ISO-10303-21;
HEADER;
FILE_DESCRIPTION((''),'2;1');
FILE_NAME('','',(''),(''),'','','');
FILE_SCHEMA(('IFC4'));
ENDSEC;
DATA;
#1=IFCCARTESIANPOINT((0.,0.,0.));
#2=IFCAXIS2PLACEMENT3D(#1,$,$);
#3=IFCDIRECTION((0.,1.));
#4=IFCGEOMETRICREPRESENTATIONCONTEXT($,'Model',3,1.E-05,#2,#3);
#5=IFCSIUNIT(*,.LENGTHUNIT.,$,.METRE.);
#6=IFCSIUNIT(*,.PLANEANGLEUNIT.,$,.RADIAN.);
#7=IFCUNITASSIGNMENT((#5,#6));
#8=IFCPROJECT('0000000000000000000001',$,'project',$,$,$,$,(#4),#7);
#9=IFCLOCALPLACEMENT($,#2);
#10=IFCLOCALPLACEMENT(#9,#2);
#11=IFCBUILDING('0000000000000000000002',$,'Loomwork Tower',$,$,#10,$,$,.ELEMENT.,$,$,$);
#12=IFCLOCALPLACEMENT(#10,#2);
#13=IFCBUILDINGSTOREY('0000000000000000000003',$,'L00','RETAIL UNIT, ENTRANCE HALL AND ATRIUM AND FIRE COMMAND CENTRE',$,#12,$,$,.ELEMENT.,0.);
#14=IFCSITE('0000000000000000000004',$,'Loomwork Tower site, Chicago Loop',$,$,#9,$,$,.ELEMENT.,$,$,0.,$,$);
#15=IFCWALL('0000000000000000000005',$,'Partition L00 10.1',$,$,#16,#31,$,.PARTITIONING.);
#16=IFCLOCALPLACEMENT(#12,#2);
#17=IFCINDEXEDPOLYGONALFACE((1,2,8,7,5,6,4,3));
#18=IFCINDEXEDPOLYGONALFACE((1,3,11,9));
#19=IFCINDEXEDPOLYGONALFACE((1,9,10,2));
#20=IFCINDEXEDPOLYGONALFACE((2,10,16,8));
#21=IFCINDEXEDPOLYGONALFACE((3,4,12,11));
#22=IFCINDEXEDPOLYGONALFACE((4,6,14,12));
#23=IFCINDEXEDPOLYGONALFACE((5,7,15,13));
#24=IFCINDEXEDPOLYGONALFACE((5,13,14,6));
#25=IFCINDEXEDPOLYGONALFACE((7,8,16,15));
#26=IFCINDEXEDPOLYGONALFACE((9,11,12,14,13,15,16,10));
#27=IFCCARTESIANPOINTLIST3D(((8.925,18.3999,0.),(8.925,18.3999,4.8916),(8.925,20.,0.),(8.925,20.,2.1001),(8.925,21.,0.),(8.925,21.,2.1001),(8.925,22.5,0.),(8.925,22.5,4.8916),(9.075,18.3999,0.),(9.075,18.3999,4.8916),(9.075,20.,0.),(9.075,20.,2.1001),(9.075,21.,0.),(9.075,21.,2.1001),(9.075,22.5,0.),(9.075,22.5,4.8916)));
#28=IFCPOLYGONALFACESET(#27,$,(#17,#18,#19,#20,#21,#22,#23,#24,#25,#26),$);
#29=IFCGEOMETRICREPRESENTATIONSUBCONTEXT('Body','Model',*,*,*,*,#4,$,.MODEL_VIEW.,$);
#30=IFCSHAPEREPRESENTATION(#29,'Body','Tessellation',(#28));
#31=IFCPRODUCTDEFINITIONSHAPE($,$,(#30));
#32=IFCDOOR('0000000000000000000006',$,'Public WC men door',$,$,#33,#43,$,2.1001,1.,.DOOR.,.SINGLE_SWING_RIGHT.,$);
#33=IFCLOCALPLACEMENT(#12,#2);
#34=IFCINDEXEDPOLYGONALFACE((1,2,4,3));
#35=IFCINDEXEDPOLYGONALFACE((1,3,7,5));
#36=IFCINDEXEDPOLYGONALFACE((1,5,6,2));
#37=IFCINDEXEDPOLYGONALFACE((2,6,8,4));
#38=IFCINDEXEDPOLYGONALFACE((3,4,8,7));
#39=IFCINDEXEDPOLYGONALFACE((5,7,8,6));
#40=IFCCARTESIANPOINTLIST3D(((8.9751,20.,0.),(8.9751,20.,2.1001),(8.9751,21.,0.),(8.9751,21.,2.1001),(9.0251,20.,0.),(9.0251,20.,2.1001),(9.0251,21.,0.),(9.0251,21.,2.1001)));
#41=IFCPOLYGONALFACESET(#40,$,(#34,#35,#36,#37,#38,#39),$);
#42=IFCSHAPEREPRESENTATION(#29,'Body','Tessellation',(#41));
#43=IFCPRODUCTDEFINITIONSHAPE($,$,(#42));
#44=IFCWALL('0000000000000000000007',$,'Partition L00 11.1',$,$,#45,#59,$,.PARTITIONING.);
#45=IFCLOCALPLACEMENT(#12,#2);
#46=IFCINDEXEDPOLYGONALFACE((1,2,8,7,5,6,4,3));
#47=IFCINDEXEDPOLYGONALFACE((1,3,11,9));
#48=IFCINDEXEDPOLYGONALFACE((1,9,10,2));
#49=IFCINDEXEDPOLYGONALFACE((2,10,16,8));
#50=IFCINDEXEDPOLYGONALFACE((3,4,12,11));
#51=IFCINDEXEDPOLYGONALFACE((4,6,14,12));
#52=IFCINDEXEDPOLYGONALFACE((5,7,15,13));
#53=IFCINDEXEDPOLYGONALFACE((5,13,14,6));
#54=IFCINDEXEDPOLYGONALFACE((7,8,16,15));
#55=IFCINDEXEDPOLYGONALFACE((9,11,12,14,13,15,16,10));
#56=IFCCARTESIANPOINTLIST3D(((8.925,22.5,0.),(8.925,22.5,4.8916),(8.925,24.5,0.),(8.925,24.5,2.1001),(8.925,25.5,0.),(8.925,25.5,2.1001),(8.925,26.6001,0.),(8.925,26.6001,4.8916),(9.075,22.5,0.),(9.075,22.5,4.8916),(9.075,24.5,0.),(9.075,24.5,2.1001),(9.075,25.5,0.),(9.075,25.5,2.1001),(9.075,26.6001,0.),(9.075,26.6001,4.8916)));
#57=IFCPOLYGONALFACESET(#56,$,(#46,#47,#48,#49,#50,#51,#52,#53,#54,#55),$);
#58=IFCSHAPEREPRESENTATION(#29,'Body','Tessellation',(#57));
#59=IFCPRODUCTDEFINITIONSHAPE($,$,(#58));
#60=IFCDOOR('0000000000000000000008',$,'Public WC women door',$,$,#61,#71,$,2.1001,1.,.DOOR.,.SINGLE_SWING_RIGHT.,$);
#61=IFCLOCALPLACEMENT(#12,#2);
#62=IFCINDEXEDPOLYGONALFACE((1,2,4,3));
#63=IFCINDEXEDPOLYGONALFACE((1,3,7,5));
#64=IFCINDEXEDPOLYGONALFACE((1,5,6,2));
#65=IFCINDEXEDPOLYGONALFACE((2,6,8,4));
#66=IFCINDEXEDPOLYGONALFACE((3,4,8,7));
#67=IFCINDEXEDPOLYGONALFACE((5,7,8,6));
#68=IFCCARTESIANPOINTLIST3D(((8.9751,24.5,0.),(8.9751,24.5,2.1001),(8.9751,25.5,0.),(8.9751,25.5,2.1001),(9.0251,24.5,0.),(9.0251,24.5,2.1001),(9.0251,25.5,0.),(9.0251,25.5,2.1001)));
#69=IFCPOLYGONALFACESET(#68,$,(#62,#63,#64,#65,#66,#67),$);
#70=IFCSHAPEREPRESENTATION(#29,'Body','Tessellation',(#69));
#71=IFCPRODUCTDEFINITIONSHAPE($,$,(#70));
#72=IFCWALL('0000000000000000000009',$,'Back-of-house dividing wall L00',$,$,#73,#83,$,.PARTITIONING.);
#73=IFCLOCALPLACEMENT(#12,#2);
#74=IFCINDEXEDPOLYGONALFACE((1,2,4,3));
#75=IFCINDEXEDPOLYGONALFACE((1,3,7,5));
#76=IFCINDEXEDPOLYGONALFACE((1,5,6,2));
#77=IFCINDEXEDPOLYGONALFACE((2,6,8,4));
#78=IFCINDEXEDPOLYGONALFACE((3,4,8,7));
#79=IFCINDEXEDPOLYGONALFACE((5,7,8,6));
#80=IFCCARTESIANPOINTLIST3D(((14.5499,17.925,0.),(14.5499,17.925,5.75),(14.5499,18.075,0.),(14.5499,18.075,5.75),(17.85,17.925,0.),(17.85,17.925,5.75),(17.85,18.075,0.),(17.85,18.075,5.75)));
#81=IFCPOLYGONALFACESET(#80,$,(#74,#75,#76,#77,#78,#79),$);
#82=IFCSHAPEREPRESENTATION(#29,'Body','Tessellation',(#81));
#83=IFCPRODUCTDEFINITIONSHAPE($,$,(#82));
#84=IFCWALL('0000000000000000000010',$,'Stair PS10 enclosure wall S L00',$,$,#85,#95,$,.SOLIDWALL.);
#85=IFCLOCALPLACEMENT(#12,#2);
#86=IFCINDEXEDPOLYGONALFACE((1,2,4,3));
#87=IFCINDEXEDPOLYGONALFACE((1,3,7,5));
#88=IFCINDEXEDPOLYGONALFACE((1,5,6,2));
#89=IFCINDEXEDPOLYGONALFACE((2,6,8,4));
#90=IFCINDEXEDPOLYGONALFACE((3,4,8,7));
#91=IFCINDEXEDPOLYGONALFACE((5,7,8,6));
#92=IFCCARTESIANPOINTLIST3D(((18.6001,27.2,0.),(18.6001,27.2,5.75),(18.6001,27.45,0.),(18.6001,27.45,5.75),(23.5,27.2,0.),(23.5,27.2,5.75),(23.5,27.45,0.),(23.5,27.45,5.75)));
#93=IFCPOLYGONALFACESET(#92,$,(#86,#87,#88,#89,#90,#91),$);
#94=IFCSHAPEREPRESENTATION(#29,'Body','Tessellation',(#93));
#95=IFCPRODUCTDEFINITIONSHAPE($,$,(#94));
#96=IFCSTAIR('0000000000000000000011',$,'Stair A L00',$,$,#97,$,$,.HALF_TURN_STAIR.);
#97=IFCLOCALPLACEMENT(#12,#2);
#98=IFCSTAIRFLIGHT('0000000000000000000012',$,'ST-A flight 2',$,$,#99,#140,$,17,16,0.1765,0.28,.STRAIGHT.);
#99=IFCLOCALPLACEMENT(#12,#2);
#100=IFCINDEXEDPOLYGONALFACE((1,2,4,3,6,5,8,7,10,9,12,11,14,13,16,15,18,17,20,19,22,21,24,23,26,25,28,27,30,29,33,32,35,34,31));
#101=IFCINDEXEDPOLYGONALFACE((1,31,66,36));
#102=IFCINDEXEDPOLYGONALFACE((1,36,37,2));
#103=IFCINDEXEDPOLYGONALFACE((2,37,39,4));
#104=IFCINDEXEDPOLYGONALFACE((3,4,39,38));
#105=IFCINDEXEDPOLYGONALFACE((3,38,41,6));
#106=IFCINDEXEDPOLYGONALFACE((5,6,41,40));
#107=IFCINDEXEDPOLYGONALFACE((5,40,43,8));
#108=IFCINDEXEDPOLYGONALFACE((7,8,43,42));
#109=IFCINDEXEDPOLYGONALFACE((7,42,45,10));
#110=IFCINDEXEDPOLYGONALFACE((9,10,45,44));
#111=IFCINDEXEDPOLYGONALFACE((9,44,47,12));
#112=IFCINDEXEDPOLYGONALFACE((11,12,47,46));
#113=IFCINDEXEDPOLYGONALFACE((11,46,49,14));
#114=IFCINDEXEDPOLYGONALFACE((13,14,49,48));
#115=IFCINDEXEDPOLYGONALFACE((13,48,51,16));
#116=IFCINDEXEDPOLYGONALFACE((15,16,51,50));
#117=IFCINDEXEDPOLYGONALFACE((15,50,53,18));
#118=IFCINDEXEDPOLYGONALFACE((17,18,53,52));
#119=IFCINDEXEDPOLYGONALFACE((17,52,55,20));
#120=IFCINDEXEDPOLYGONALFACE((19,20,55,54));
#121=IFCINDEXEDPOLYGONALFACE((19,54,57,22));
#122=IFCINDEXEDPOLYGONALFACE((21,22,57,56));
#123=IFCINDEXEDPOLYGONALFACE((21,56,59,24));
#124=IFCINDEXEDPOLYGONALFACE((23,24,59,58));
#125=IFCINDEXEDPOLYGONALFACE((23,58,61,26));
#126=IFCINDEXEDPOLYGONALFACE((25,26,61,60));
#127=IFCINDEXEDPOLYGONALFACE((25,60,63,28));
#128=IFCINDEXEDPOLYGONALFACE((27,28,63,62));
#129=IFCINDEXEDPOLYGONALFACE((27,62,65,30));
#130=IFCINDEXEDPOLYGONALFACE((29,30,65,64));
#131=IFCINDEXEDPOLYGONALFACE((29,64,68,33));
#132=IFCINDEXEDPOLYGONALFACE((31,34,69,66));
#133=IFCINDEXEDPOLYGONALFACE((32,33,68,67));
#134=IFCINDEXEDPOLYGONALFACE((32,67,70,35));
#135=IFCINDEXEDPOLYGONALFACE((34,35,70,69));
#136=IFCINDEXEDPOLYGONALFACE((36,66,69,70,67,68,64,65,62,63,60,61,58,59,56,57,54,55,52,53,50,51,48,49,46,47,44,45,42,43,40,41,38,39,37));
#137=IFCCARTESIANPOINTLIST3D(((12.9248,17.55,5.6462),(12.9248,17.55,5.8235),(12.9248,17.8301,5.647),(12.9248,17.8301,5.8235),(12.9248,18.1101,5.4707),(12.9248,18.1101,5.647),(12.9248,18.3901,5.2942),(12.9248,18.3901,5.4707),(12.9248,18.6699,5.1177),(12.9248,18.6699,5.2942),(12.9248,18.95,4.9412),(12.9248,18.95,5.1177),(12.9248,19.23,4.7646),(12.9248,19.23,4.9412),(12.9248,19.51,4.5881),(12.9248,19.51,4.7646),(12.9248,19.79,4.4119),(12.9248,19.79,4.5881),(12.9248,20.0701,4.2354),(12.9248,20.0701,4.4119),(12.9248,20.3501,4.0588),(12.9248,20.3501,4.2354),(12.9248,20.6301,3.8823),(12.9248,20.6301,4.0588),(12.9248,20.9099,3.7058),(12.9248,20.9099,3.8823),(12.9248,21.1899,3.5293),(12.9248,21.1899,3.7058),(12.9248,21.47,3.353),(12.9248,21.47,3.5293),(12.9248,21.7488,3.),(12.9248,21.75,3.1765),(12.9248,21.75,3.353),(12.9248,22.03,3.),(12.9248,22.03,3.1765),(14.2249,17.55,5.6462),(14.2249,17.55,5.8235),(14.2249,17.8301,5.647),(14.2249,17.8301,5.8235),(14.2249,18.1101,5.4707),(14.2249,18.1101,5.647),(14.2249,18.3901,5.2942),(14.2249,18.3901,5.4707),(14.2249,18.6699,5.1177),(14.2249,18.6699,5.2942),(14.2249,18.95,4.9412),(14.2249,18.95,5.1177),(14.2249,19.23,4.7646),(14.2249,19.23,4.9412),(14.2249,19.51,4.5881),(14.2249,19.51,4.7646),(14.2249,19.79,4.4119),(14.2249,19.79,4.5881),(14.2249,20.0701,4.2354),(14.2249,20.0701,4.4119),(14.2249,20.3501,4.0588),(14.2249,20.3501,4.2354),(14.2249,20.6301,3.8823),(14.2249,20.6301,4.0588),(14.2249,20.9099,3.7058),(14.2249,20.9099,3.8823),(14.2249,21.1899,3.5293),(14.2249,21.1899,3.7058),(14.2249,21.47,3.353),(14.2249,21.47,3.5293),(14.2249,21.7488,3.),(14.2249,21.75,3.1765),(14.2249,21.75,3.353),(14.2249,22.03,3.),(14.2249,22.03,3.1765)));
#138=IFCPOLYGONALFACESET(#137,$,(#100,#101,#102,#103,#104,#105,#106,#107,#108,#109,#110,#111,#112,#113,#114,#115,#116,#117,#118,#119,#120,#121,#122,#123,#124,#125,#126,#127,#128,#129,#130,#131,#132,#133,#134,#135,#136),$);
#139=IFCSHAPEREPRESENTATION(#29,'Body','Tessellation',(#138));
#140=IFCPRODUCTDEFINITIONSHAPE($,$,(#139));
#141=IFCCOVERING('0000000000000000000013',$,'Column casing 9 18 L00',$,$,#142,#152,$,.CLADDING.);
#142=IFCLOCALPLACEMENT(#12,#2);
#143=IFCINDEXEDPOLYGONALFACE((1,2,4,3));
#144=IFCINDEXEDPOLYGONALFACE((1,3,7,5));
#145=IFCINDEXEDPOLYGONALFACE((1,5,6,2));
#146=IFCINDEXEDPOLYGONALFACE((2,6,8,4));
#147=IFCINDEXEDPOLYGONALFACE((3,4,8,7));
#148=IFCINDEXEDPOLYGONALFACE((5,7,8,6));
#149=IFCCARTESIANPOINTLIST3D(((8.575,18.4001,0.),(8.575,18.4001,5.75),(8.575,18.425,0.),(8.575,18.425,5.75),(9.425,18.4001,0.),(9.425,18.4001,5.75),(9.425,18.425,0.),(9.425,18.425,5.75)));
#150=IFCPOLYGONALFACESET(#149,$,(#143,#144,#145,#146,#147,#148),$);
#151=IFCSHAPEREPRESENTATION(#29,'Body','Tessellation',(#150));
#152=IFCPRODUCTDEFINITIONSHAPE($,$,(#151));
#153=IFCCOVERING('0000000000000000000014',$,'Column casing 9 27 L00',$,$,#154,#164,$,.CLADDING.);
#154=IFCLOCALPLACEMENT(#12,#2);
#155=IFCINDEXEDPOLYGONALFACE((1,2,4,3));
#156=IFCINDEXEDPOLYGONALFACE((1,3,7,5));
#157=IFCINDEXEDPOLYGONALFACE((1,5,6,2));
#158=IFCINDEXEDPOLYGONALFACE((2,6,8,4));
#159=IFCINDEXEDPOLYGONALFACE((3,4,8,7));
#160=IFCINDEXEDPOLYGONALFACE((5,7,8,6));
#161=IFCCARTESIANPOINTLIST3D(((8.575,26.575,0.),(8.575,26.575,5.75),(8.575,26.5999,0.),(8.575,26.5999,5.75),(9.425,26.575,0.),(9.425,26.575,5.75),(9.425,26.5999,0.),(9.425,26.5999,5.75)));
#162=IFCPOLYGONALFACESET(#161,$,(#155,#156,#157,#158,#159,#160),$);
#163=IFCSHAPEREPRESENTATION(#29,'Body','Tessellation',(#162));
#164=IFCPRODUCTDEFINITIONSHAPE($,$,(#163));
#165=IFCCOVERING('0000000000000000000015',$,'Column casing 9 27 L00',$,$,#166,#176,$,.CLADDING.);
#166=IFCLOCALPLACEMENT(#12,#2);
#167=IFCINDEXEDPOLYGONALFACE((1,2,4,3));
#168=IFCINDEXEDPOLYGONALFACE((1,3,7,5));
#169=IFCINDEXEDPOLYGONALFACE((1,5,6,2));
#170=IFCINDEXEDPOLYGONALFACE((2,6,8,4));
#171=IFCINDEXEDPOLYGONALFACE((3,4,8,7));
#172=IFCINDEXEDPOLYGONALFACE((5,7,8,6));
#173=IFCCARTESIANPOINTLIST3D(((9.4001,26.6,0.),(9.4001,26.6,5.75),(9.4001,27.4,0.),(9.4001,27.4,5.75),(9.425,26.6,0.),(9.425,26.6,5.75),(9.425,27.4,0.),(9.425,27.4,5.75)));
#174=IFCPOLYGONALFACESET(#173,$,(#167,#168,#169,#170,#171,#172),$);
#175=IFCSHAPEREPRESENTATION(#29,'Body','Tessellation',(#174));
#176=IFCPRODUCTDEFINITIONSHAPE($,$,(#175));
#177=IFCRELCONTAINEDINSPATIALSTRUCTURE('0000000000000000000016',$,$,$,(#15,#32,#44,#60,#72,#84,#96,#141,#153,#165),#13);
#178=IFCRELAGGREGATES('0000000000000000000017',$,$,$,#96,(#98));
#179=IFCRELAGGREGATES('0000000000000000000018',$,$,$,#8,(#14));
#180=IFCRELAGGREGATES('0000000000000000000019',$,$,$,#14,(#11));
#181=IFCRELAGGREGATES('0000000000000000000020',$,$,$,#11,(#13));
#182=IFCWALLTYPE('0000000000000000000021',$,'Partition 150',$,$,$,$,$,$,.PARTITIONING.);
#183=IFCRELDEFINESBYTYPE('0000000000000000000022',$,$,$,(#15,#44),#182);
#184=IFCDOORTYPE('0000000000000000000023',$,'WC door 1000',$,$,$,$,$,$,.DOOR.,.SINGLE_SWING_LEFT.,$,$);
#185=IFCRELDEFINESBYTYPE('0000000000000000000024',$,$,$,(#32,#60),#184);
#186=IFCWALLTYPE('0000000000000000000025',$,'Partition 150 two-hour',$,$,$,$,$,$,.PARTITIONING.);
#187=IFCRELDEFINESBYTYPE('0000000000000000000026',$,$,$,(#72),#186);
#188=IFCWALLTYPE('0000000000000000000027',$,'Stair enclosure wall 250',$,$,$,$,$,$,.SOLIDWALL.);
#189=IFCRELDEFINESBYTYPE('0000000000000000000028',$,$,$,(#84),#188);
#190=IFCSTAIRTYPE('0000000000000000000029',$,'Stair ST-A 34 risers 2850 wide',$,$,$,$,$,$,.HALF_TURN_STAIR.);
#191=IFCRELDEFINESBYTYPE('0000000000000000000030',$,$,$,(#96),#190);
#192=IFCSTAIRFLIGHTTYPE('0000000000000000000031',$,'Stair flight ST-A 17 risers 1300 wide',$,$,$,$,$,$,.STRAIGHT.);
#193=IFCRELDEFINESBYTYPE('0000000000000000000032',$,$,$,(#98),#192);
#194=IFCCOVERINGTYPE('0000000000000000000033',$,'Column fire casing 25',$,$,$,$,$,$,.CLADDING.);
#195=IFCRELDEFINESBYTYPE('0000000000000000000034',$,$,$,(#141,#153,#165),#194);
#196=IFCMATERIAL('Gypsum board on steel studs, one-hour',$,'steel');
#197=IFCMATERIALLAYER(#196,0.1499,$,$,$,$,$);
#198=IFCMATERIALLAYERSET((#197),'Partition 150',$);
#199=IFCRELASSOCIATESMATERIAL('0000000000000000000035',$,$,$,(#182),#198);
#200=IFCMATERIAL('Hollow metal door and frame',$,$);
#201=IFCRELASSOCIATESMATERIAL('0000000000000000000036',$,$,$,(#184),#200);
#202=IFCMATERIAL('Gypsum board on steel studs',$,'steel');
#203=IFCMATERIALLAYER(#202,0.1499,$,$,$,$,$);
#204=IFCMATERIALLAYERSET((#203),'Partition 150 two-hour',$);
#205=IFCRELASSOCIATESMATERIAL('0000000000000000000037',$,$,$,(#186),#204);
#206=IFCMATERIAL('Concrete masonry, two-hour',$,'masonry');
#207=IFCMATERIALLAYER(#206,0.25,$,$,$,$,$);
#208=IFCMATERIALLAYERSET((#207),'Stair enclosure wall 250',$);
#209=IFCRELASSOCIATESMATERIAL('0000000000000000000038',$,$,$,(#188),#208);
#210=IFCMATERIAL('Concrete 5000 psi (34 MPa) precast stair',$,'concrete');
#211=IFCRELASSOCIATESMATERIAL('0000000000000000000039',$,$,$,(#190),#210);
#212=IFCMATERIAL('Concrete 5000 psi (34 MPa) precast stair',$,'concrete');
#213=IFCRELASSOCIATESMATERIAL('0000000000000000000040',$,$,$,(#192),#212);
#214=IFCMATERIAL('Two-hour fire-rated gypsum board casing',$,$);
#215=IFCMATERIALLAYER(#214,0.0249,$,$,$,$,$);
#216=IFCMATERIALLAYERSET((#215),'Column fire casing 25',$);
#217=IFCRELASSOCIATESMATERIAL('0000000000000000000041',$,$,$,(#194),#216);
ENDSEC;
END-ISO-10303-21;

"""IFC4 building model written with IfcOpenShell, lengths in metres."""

from ifc_helpers import new_model, si_unit, direction, frame, frame_2d, origin, origin_2d, place, context, subcontext, project, spatial, polyline, rectangle, outline, extrude, material, layer, layer_set, type_object, element, fill, aggregate, save


model = new_model("IFC4")

# Units and contexts
model_context = context("Model", 3, precision=1e-05, world=origin(), true_north=direction((0.0, 1.0)))
body_context = subcontext(model_context, "Body", "Model", "MODEL_VIEW")
ifc_project = project(units=[si_unit("LENGTHUNIT", "METRE"), si_unit("PLANEANGLEUNIT", "RADIAN")], contexts=[model_context])

# Site, building, storey
site_placement = place(None, origin())
site = spatial("IfcSite", under=ifc_project, at=site_placement, Name="Loomwork Tower site, Chicago Loop", CompositionType="ELEMENT", RefElevation=0.0)
building_placement = place(site_placement, origin())
building = spatial("IfcBuilding", under=site, at=building_placement, Name="Loomwork Tower", CompositionType="ELEMENT")
storey_placement = place(building_placement, origin())
storey = spatial("IfcBuildingStorey", under=building, at=storey_placement, Name="L00", Description="RETAIL UNIT, ENTRANCE HALL AND ATRIUM AND FIRE COMMAND CENTRE", CompositionType="ELEMENT", Elevation=0.0)

# Walls, openings, doors
ifc_material_1 = material(Name="Gypsum board on steel studs, one-hour", Category="steel")
ifc_layer_1 = layer(ifc_material_1, 0.1499)
ifc_layer_set_1 = layer_set([ifc_layer_1], Name="Partition 150")
wall_type_1 = type_object("IfcWallType", Name="Partition 150", PredefinedType="PARTITIONING", material=ifc_layer_set_1)
wall_1_placement = place(storey_placement, frame((9.0, 22.5, 0.0), z_axis=(0.0, 0.0, 1.0), x_axis=(0.0, -1.0, 0.0)))
wall_1 = element("IfcWall", 1, at=wall_1_placement, inside=storey, type_object=wall_type_1, Name="Partition L00 10.1", PredefinedType="PARTITIONING", context=body_context, shape_type="SweptSolid", body=[
    extrude(rectangle(XDim=4.1001, YDim=0.1499, at=frame_2d((2.05, 0.0))), origin(), (0.0, 0.0, 1.0), 4.8916),
])
opening_1_placement = place(wall_1_placement, frame((1.5, 0.0, 0.0)))
opening_1 = element("IfcOpeningElement", 2, at=opening_1_placement, cuts=wall_1, PredefinedType="OPENING", context=body_context, shape_type="SweptSolid", body=[
    extrude(rectangle(XDim=1.0, YDim=2.1001, at=frame_2d((0.5, 1.05))), frame((0.0, 0.085, 0.0), z_axis=(0.0, -1.0, 0.0), x_axis=(1.0, 0.0, 0.0)), (0.0, 0.0, 1.0), 0.1699),
])
ifc_material_2 = material(Name="Hollow metal door and frame")
door_type_1 = type_object("IfcDoorType", Name="WC door 1000", OperationType="SINGLE_SWING_LEFT", PredefinedType="DOOR", material=ifc_material_2)
door_1_placement = place(opening_1_placement, frame((1.0, 0.0, 0.0), z_axis=(0.0, 0.0, 1.0), x_axis=(-1.0, 0.0, 0.0)))
door_1 = element("IfcDoor", 3, at=door_1_placement, inside=storey, type_object=door_type_1, Name="Public WC men door", OperationType="SINGLE_SWING_RIGHT", OverallHeight=2.1001, OverallWidth=1.0, PredefinedType="DOOR", context=body_context, shape_type="SweptSolid", body=[
    extrude(rectangle(XDim=1.0, YDim=2.1001, at=frame_2d((0.5, 1.05))), frame((0.0, 0.0249, 0.0), z_axis=(0.0, -1.0, 0.0), x_axis=(1.0, 0.0, 0.0)), (0.0, 0.0, 1.0), 0.05),
])
fill(opening_1, door_1)
wall_2_placement = place(storey_placement, frame((9.0, 26.6001, 0.0), z_axis=(0.0, 0.0, 1.0), x_axis=(0.0, -1.0, 0.0)))
wall_2 = element("IfcWall", 4, at=wall_2_placement, inside=storey, type_object=wall_type_1, Name="Partition L00 11.1", PredefinedType="PARTITIONING", context=body_context, shape_type="SweptSolid", body=[
    extrude(rectangle(XDim=4.1001, YDim=0.1499, at=frame_2d((2.05, 0.0))), origin(), (0.0, 0.0, 1.0), 4.8916),
])
opening_2_placement = place(wall_2_placement, frame((1.1001, 0.0, 0.0)))
opening_2 = element("IfcOpeningElement", 5, at=opening_2_placement, cuts=wall_2, PredefinedType="OPENING", context=body_context, shape_type="SweptSolid", body=[
    extrude(rectangle(XDim=1.0, YDim=2.1001, at=frame_2d((0.5, 1.05))), frame((0.0, 0.085, 0.0), z_axis=(0.0, -1.0, 0.0), x_axis=(1.0, 0.0, 0.0)), (0.0, 0.0, 1.0), 0.1699),
])
door_2_placement = place(opening_2_placement, frame((1.0, 0.0, 0.0), z_axis=(0.0, 0.0, 1.0), x_axis=(-1.0, 0.0, 0.0)))
door_2 = element("IfcDoor", 6, at=door_2_placement, inside=storey, type_object=door_type_1, Name="Public WC women door", OperationType="SINGLE_SWING_RIGHT", OverallHeight=2.1001, OverallWidth=1.0, PredefinedType="DOOR", context=body_context, shape_type="SweptSolid", body=[
    extrude(rectangle(XDim=1.0, YDim=2.1001, at=frame_2d((0.5, 1.05))), frame((0.0, 0.0249, 0.0), z_axis=(0.0, -1.0, 0.0), x_axis=(1.0, 0.0, 0.0)), (0.0, 0.0, 1.0), 0.05),
])
fill(opening_2, door_2)

# Walls
ifc_material_3 = material(Name="Gypsum board on steel studs", Category="steel")
ifc_layer_2 = layer(ifc_material_3, 0.1499)
ifc_layer_set_2 = layer_set([ifc_layer_2], Name="Partition 150 two-hour")
wall_type_2 = type_object("IfcWallType", Name="Partition 150 two-hour", PredefinedType="PARTITIONING", material=ifc_layer_set_2)
wall_3_placement = place(storey_placement, frame((14.55, 18.0, 0.0), z_axis=(0.0, 0.0, 1.0), x_axis=(1.0, 0.0, 0.0)))
element("IfcWall", 7, at=wall_3_placement, inside=storey, type_object=wall_type_2, Name="Back-of-house dividing wall L00", PredefinedType="PARTITIONING", context=body_context, shape_type="SweptSolid", body=[
    extrude(rectangle(XDim=3.3, YDim=0.1499, at=frame_2d((1.6499, 0.0))), origin(), (0.0, 0.0, 1.0), 5.75),
])
ifc_material_4 = material(Name="Concrete masonry, two-hour", Category="masonry")
ifc_layer_3 = layer(ifc_material_4, 0.25)
ifc_layer_set_3 = layer_set([ifc_layer_3], Name="Stair enclosure wall 250")
wall_type_3 = type_object("IfcWallType", Name="Stair enclosure wall 250", PredefinedType="SOLIDWALL", material=ifc_layer_set_3)
wall_4_placement = place(storey_placement, frame((18.6001, 27.325, 0.0), z_axis=(0.0, 0.0, 1.0), x_axis=(1.0, 0.0, 0.0)))
element("IfcWall", 8, at=wall_4_placement, inside=storey, type_object=wall_type_3, Name="Stair PS10 enclosure wall S L00", PredefinedType="SOLIDWALL", context=body_context, shape_type="SweptSolid", body=[
    extrude(rectangle(XDim=4.8999, YDim=0.25, at=frame_2d((2.45, 0.0))), origin(), (0.0, 0.0, 1.0), 5.75),
])

# Stair, stair flight
ifc_material_5 = material(Name="Concrete 5000 psi (34 MPa) precast stair", Category="concrete")
stair_type = type_object("IfcStairType", Name="Stair ST-A 34 risers 2850 wide", PredefinedType="HALF_TURN_STAIR", material=ifc_material_5)
stair_placement = place(storey_placement, origin())
stair = element("IfcStair", 9, at=stair_placement, inside=storey, type_object=stair_type, Name="Stair A L00", PredefinedType="HALF_TURN_STAIR")
ifc_material_6 = material(Name="Concrete 5000 psi (34 MPa) precast stair", Category="concrete")
stair_flight_type = type_object("IfcStairFlightType", Name="Stair flight ST-A 17 risers 1300 wide", PredefinedType="STRAIGHT", material=ifc_material_6)
stair_flight_placement = place(storey_placement, frame((13.575, 22.03, 3.0), z_axis=(0.0, 0.0, 1.0), x_axis=(0.0, -1.0, 0.0)))
stair_flight = element("IfcStairFlight", 10, at=stair_flight_placement, type_object=stair_flight_type, Name="ST-A flight 2", NumberOfRisers=17, NumberOfTreads=16, PredefinedType="STRAIGHT", RiserHeight=0.1765, TreadLength=0.28, context=body_context, shape_type="SweptSolid", body=[
    extrude(outline(polyline([(0.0, 0.0), (0.0, 0.1765), (0.28, 0.1765), (0.28, 0.353), (0.5601, 0.353), (0.5601, 0.5293), (0.8401, 0.5293), (0.8401, 0.7058), (1.1201, 0.7058), (1.1201, 0.8823), (1.3999, 0.8823), (1.3999, 1.0588), (1.6799, 1.0588), (1.6799, 1.2354), (1.96, 1.2354), (1.96, 1.4119), (2.24, 1.4119), (2.24, 1.5881), (2.52, 1.5881), (2.52, 1.7646), (2.8, 1.7646), (2.8, 1.9412), (3.0801, 1.9412), (3.0801, 2.1177), (3.3601, 2.1177), (3.3601, 2.2942), (3.6399, 2.2942), (3.6399, 2.4707), (3.9199, 2.4707), (3.9199, 2.647), (4.2, 2.647), (4.2, 2.8235), (4.48, 2.8235), (4.48, 3.0), (4.48, 2.6462), (0.2812, 0.0), (0.0, 0.0)])), frame((0.0, 0.6499, 0.0), z_axis=(0.0, -1.0, 0.0), x_axis=(1.0, 0.0, 0.0)), (0.0, 0.0, 1.0), 1.3),
])
aggregate(stair, [stair_flight])

# Coverings
ifc_material_7 = material(Name="Two-hour fire-rated gypsum board casing")
ifc_layer_4 = layer(ifc_material_7, 0.0249)
ifc_layer_set_4 = layer_set([ifc_layer_4], Name="Column fire casing 25")
covering_type = type_object("IfcCoveringType", Name="Column fire casing 25", PredefinedType="CLADDING", material=ifc_layer_set_4)
for number, where, z_axis, x_axis, name in (
    (11, (9.0, 18.4126, 0.0), (0.0, 0.0, 1.0), (1.0, 0.0, 0.0), "Column casing 9 18 L00"),
    (12, (9.0, 26.5874, 0.0), (0.0, 0.0, 1.0), (1.0, 0.0, 0.0), "Column casing 9 27 L00"),
):
    element("IfcCovering", number, at=place(storey_placement, frame(where, z_axis=z_axis, x_axis=x_axis)), inside=storey, type_object=covering_type, Name=name, PredefinedType="CLADDING", context=body_context, shape_type="SweptSolid", body=[
        extrude(rectangle(XDim=0.8501, YDim=0.0249, at=origin_2d()), origin(), (0.0, 0.0, 1.0), 5.75),
    ])
covering_placement = place(storey_placement, frame((9.4126, 27.0, 0.0), z_axis=(0.0, 0.0, 1.0), x_axis=(1.0, 0.0, 0.0)))
element("IfcCovering", 13, at=covering_placement, inside=storey, type_object=covering_type, Name="Column casing 9 27 L00", PredefinedType="CLADDING", context=body_context, shape_type="SweptSolid", body=[
    extrude(rectangle(XDim=0.0249, YDim=0.8, at=origin_2d()), origin(), (0.0, 0.0, 1.0), 5.75),
])

save(model, "model.ifc")
